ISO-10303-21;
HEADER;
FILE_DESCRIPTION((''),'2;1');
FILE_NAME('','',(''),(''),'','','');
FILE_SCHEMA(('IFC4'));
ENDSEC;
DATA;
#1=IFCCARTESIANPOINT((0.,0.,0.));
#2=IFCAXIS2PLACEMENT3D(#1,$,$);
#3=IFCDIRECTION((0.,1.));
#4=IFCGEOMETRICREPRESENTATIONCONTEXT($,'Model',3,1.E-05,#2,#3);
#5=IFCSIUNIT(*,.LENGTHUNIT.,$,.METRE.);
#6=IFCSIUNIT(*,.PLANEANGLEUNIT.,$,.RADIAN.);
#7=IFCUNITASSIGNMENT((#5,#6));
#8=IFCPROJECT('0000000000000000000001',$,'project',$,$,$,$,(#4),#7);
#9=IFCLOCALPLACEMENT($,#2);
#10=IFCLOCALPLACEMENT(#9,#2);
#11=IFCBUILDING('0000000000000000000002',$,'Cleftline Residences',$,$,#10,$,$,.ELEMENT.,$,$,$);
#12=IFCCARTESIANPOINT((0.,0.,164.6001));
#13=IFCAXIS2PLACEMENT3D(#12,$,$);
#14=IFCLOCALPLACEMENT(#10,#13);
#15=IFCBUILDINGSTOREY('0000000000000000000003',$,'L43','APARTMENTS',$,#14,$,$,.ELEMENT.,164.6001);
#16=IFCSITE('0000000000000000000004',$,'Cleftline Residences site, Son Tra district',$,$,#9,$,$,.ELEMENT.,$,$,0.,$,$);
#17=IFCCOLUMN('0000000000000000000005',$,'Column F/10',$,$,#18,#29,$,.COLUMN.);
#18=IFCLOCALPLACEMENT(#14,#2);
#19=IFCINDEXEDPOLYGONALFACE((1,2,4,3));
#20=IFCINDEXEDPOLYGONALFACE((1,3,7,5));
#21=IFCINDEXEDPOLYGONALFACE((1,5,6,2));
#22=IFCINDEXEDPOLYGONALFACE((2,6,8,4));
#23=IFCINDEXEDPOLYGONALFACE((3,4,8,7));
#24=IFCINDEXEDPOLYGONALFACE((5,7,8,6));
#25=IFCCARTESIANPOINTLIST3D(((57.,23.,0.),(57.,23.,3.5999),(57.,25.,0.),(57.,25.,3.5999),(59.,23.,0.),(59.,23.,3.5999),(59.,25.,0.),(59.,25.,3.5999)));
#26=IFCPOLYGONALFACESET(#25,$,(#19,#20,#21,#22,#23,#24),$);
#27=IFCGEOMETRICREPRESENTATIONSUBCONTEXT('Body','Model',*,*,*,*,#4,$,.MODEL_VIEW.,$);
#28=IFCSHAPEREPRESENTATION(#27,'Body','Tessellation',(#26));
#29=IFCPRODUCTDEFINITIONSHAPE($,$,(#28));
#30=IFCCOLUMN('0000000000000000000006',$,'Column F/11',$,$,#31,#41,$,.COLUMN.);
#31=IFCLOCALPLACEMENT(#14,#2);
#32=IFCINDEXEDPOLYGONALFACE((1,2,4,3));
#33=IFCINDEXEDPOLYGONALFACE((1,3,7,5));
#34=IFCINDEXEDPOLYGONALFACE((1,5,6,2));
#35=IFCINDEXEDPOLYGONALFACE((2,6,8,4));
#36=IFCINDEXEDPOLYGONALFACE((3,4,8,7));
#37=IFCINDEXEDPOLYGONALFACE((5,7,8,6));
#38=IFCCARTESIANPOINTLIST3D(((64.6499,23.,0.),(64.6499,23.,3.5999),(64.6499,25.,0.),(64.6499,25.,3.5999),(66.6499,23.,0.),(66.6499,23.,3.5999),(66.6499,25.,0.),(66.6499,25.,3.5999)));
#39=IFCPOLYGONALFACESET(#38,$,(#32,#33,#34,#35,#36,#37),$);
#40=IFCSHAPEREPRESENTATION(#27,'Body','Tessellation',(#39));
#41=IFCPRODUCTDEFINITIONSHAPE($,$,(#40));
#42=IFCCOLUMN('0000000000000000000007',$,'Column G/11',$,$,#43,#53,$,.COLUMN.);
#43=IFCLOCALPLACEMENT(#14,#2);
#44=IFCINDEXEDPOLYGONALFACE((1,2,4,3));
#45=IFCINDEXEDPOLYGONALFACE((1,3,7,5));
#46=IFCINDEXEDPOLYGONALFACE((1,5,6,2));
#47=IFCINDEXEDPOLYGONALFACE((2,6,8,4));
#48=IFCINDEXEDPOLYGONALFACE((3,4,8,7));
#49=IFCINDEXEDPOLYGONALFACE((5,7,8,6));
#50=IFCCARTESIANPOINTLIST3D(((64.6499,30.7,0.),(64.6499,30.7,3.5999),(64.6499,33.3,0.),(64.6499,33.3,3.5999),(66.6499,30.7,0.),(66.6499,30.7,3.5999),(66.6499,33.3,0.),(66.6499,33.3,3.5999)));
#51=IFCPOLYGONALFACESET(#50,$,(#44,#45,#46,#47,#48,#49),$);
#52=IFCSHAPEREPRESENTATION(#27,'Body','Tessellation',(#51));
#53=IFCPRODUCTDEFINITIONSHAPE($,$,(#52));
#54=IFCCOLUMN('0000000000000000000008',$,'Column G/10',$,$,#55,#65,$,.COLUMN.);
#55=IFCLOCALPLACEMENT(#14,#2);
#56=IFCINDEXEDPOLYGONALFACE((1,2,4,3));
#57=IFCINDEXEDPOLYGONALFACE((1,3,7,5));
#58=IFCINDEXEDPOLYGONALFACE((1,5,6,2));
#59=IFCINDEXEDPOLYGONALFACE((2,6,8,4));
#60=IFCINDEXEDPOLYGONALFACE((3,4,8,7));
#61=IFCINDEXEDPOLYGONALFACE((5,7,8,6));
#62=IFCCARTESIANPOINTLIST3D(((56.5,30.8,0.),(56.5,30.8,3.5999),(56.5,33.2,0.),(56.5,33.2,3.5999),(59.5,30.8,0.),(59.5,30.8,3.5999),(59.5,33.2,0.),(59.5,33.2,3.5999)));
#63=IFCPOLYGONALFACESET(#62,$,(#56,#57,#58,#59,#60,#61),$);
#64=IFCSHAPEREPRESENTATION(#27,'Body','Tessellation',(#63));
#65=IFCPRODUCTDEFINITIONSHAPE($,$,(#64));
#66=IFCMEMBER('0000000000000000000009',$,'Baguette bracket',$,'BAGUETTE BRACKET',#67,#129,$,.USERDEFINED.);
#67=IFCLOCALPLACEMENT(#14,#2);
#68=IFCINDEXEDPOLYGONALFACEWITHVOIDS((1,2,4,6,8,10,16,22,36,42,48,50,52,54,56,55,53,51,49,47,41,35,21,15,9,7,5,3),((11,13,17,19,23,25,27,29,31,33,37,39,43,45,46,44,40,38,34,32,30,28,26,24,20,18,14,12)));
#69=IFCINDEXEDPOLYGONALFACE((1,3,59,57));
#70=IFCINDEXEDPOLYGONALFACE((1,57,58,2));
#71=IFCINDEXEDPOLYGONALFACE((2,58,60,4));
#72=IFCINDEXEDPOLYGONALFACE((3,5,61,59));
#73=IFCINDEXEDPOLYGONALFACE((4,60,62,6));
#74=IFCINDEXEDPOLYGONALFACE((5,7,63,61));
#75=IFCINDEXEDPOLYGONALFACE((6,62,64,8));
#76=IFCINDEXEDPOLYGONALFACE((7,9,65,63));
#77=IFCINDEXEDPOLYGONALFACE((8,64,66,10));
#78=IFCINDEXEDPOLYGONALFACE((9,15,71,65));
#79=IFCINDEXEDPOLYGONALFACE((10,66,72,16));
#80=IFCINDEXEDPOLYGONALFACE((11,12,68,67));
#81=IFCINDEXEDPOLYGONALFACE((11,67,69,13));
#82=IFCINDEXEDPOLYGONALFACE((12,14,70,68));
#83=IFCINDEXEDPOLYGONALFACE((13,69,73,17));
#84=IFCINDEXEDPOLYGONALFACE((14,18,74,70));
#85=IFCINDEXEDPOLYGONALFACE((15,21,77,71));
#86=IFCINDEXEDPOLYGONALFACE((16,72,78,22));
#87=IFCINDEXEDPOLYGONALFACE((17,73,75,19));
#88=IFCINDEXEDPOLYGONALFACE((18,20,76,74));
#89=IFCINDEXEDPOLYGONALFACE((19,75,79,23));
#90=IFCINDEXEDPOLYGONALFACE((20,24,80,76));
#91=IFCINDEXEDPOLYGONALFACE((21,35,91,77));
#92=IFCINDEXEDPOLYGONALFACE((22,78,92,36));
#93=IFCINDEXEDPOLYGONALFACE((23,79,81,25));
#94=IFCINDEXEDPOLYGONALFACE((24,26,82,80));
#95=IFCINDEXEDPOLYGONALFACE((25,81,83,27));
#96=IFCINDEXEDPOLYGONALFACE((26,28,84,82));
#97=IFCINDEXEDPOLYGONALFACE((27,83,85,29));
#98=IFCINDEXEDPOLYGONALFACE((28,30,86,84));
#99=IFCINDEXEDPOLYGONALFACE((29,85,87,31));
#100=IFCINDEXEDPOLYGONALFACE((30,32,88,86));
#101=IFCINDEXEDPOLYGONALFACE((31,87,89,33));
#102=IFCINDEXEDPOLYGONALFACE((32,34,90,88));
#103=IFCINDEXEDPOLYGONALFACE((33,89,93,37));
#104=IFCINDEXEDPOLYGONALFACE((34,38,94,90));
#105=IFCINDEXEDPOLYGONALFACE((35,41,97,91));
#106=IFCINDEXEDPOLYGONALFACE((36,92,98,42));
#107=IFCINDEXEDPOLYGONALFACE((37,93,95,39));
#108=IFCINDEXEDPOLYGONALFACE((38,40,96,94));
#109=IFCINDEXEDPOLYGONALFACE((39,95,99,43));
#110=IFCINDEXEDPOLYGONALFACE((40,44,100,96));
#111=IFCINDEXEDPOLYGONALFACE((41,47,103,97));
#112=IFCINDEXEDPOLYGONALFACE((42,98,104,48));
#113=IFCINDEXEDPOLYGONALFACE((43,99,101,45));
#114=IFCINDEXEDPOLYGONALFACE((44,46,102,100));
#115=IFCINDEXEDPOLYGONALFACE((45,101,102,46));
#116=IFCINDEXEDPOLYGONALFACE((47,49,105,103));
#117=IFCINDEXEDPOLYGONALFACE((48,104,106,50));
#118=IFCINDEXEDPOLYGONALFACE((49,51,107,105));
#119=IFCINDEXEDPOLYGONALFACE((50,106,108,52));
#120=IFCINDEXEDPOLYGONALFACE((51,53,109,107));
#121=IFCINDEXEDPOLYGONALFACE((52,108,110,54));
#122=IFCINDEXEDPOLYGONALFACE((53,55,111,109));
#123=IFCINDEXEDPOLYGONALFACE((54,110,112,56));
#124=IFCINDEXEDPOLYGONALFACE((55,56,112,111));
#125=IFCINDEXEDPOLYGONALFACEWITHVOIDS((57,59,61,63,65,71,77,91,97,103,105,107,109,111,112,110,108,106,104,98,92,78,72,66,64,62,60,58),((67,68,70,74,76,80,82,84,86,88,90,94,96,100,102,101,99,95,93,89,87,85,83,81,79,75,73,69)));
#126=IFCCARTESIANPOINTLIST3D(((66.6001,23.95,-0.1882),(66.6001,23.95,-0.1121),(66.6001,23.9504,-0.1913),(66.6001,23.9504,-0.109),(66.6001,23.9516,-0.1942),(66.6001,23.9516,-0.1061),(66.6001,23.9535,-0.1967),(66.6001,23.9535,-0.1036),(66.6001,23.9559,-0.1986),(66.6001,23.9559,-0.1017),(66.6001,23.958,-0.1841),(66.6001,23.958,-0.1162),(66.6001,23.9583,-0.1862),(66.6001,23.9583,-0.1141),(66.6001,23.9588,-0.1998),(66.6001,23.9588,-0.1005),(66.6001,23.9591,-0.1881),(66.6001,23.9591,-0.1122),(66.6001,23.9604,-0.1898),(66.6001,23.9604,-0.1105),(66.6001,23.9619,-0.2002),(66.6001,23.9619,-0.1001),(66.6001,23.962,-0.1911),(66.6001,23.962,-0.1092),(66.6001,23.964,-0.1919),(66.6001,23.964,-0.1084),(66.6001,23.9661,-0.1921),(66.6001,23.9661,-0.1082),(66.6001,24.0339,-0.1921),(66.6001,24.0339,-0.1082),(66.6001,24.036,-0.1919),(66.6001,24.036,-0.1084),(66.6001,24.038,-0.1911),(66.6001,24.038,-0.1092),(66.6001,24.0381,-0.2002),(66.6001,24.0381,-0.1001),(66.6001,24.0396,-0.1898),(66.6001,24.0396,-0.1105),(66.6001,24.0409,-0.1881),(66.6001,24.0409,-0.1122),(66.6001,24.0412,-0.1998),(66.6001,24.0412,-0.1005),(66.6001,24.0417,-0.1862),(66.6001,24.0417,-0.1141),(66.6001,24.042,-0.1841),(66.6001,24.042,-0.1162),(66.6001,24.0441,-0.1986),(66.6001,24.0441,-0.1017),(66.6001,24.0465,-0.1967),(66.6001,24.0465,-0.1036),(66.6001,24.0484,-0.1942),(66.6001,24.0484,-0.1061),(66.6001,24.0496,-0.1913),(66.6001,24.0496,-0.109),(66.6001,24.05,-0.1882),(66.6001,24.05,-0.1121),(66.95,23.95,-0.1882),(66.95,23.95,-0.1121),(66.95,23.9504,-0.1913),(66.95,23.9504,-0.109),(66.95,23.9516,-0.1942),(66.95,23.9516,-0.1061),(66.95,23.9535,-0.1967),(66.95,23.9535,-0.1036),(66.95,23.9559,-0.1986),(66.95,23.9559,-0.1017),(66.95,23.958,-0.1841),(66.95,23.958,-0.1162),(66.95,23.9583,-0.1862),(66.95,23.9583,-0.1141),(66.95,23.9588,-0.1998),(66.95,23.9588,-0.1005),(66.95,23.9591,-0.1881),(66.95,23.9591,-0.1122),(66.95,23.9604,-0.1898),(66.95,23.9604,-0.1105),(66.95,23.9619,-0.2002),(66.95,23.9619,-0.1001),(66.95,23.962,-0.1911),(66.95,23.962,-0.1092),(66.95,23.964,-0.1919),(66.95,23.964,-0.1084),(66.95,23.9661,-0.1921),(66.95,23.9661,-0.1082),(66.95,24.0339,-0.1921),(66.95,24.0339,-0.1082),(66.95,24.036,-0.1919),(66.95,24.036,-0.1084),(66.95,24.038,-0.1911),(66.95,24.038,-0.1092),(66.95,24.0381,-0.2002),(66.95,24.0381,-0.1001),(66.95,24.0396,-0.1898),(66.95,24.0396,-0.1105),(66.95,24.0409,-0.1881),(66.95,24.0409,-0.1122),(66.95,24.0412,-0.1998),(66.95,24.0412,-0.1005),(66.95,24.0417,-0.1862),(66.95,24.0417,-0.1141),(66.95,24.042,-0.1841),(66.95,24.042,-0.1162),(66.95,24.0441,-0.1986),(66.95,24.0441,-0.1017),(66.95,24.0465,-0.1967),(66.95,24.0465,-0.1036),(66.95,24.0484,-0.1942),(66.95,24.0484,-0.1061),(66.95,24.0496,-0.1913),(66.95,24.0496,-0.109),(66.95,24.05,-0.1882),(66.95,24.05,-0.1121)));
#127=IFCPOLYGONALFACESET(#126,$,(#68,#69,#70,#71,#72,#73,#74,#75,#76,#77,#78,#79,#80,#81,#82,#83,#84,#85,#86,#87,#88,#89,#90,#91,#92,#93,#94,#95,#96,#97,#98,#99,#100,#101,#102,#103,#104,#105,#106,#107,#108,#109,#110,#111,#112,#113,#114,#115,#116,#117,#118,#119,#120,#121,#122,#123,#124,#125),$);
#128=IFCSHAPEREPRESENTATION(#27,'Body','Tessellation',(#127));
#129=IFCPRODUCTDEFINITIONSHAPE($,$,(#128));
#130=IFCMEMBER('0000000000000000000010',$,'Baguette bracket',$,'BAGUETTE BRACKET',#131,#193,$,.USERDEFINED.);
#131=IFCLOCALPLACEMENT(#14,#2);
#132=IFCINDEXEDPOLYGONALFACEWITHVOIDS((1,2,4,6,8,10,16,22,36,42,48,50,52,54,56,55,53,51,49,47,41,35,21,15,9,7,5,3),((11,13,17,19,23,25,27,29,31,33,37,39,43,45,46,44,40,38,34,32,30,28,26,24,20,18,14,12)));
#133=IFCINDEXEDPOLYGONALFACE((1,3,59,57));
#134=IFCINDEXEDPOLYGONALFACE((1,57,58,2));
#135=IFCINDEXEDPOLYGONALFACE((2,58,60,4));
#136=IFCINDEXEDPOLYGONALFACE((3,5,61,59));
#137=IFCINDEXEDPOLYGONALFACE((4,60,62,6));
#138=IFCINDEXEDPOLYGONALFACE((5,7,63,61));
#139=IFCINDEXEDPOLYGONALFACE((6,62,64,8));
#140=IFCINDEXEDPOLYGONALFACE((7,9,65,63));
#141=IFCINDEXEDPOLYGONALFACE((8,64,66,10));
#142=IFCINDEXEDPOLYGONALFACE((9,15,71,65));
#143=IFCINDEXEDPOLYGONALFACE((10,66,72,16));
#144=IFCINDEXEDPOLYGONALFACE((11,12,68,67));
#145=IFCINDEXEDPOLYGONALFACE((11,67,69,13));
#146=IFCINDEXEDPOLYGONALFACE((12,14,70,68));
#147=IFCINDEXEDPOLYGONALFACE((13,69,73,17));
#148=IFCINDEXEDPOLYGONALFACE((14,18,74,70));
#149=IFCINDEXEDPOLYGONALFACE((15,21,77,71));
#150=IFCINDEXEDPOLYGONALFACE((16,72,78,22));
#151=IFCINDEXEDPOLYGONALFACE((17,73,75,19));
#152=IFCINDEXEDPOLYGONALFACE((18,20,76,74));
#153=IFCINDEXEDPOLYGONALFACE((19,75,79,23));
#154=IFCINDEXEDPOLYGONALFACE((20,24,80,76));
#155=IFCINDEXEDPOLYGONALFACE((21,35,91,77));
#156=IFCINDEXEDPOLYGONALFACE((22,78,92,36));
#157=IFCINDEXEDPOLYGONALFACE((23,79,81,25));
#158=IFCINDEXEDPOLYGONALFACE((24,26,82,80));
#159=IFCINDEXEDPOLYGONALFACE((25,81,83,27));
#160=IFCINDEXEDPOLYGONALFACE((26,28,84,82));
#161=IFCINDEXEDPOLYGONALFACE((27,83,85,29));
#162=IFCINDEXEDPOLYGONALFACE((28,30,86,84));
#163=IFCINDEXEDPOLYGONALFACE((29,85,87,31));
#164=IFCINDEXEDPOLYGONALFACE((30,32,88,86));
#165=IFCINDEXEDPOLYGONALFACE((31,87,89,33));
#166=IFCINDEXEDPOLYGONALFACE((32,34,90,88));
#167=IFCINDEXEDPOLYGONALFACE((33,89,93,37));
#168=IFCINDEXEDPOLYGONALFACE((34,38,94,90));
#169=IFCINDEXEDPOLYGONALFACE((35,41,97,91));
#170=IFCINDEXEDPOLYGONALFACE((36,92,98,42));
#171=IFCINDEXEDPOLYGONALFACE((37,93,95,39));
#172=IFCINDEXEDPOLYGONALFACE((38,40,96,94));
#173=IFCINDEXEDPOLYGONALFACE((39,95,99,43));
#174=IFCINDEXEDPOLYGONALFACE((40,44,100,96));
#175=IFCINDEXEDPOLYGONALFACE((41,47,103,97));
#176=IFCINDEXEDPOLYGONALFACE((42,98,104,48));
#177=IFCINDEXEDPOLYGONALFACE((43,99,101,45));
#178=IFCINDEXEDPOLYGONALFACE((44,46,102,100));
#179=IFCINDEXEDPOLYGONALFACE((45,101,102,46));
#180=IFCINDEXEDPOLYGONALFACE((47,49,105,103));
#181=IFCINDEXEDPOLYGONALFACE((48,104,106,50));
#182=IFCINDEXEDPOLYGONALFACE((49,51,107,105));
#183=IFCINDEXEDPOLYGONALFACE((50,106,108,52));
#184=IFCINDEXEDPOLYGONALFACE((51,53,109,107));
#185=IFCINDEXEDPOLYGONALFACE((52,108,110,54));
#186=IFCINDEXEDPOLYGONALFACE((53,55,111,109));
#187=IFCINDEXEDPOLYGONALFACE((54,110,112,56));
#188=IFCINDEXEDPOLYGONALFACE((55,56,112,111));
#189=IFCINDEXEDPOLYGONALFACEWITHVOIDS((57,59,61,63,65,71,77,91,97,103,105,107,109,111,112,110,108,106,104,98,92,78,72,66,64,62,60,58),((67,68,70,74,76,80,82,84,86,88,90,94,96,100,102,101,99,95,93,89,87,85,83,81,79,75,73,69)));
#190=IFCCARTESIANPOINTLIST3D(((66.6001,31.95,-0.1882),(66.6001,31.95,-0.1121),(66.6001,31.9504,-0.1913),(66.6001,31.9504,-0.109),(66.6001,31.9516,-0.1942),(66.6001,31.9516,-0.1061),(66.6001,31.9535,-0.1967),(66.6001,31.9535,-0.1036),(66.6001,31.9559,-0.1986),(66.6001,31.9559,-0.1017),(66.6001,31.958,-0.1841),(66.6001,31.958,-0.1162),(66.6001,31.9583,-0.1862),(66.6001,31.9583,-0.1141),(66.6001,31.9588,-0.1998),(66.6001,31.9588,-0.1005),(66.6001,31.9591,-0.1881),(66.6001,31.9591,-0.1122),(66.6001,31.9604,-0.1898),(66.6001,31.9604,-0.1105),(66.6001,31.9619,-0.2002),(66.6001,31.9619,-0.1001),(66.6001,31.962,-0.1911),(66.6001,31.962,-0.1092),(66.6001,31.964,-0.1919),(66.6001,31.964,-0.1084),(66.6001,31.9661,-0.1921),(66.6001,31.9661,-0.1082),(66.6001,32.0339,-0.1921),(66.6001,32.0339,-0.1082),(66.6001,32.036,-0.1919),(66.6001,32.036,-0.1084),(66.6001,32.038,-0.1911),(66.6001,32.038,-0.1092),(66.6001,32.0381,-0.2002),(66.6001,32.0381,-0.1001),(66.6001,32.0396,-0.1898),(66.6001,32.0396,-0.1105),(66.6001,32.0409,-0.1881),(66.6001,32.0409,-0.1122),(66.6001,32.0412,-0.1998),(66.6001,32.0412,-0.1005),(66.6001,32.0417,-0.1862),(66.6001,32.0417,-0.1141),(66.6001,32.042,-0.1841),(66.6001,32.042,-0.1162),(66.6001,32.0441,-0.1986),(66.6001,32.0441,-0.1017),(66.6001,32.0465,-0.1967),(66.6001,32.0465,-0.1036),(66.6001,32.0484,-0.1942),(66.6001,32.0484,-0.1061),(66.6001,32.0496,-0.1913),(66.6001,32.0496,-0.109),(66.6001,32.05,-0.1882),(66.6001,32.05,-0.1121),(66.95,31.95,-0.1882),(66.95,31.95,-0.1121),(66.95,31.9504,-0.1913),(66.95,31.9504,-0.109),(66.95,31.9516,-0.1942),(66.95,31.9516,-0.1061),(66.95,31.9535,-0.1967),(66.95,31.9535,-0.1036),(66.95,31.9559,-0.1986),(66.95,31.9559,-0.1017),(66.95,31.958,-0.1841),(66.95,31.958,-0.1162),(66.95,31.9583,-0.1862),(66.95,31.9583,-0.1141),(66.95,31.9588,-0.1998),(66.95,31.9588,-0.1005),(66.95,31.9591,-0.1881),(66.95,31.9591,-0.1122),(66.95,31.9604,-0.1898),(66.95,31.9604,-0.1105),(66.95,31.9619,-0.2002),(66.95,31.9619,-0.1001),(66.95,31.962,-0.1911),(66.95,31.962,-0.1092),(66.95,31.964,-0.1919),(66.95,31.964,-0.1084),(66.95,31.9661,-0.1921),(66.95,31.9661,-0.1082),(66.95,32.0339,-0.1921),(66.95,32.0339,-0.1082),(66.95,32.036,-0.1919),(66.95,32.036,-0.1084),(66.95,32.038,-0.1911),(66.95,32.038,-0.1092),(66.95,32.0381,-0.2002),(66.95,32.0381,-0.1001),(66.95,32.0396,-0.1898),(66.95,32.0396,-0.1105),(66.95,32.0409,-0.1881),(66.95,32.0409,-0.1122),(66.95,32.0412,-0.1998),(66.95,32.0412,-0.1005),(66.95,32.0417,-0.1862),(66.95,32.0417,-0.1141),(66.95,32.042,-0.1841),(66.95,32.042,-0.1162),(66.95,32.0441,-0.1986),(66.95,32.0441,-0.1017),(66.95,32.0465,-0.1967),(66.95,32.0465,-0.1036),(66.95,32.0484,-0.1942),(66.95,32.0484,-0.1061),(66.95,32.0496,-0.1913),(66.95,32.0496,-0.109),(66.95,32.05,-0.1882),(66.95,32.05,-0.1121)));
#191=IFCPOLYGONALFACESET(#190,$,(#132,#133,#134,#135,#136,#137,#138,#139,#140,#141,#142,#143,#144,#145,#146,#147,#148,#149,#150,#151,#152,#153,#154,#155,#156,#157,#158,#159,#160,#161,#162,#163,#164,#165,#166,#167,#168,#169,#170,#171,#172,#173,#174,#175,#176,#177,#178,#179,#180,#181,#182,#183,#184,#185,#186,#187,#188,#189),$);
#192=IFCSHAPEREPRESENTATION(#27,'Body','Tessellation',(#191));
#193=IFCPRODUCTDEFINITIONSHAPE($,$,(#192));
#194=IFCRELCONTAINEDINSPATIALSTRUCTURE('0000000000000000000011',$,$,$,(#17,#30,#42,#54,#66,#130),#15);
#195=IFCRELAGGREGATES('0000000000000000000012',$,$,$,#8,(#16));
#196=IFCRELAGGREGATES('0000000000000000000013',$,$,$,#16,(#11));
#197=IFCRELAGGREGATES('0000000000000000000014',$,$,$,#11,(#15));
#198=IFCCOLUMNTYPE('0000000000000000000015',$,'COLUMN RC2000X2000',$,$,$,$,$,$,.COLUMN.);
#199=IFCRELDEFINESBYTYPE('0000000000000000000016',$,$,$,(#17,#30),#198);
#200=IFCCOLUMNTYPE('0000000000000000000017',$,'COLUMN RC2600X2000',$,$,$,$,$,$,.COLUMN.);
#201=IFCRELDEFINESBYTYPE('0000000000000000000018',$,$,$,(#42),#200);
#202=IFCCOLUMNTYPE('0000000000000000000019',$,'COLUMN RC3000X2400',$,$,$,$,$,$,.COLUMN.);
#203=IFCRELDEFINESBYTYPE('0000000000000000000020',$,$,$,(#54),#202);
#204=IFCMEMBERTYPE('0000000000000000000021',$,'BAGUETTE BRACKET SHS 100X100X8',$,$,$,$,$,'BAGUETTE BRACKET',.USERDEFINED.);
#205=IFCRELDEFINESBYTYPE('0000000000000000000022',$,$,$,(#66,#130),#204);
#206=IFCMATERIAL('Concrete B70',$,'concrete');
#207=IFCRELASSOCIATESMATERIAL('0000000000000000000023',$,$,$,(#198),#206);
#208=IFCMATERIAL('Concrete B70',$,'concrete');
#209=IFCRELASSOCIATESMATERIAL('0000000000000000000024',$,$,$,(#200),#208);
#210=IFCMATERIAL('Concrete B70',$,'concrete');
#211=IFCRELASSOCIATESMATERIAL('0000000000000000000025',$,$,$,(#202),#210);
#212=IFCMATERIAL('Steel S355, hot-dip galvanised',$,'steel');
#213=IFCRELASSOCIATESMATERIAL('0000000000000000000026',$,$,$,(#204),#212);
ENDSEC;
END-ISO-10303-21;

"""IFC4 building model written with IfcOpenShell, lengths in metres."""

from ifc_helpers import new_model, si_unit, direction, frame, origin, origin_2d, place, context, subcontext, project, spatial, rectangle, hollow_rectangle, extrude, material, material_profile, profile_set, type_object, element, save


model = new_model("IFC4")

# Units and contexts
model_context = context("Model", 3, precision=1e-05, world=origin(), true_north=direction((0.0, 1.0)))
body_context = subcontext(model_context, "Body", "Model", "MODEL_VIEW")
ifc_project = project(units=[si_unit("LENGTHUNIT", "METRE"), si_unit("PLANEANGLEUNIT", "RADIAN")], contexts=[model_context])

# Site, building, storey
site_placement = place(None, origin())
site = spatial("IfcSite", under=ifc_project, at=site_placement, Name="Cleftline Residences site, Son Tra district", CompositionType="ELEMENT", RefElevation=0.0)
building_placement = place(site_placement, origin())
building = spatial("IfcBuilding", under=site, at=building_placement, Name="Cleftline Residences", CompositionType="ELEMENT")
storey_placement = place(building_placement, frame((0.0, 0.0, 164.6001)))
storey = spatial("IfcBuildingStorey", under=building, at=storey_placement, Name="L43", Description="APARTMENTS", CompositionType="ELEMENT", Elevation=164.6001)

# Columns
ifc_material_1 = material(Name="Concrete B70", Category="concrete")
ifc_material_profile_1 = material_profile(ifc_material_1, rectangle(XDim=2.0, YDim=2.0, at=origin_2d()))
ifc_profile_set_1 = profile_set([ifc_material_profile_1], Name="Concrete B70")
column_type_1 = type_object("IfcColumnType", Name="COLUMN RC2000X2000", PredefinedType="COLUMN", material=ifc_profile_set_1)
for number, where, z_axis, x_axis, name in (
    (1, (58.0, 24.0, 0.0), (0.0, 0.0, 1.0), (1.0, 0.0, 0.0), "Column F/10"),
    (2, (65.6499, 24.0, 0.0), (0.0, 0.0, 1.0), (1.0, 0.0, 0.0), "Column F/11"),
):
    element("IfcColumn", number, at=place(storey_placement, frame(where, z_axis=z_axis, x_axis=x_axis)), inside=storey, type_object=column_type_1, Name=name, PredefinedType="COLUMN", context=body_context, shape_type="SweptSolid", body=[
        extrude(rectangle(XDim=2.0, YDim=2.0, at=origin_2d()), origin(), (0.0, 0.0, 1.0), 3.5999),
    ])
ifc_material_2 = material(Name="Concrete B70", Category="concrete")
ifc_material_profile_2 = material_profile(ifc_material_2, rectangle(XDim=2.6001, YDim=2.0, at=origin_2d()))
ifc_profile_set_2 = profile_set([ifc_material_profile_2], Name="Concrete B70")
column_type_2 = type_object("IfcColumnType", Name="COLUMN RC2600X2000", PredefinedType="COLUMN", material=ifc_profile_set_2)
column_1_placement = place(storey_placement, frame((65.6499, 32.0, 0.0), z_axis=(0.0, 0.0, 1.0), x_axis=(0.0, 1.0, 0.0)))
element("IfcColumn", 3, at=column_1_placement, inside=storey, type_object=column_type_2, Name="Column G/11", PredefinedType="COLUMN", context=body_context, shape_type="SweptSolid", body=[
    extrude(rectangle(XDim=2.6001, YDim=2.0, at=origin_2d()), origin(), (0.0, 0.0, 1.0), 3.5999),
])
ifc_material_3 = material(Name="Concrete B70", Category="concrete")
ifc_material_profile_3 = material_profile(ifc_material_3, rectangle(XDim=3.0, YDim=2.3999, at=origin_2d()))
ifc_profile_set_3 = profile_set([ifc_material_profile_3], Name="Concrete B70")
column_type_3 = type_object("IfcColumnType", Name="COLUMN RC3000X2400", PredefinedType="COLUMN", material=ifc_profile_set_3)
column_2_placement = place(storey_placement, frame((58.0, 32.0, 0.0), z_axis=(0.0, 0.0, 1.0), x_axis=(1.0, 0.0, 0.0)))
element("IfcColumn", 4, at=column_2_placement, inside=storey, type_object=column_type_3, Name="Column G/10", PredefinedType="COLUMN", context=body_context, shape_type="SweptSolid", body=[
    extrude(rectangle(XDim=3.0, YDim=2.3999, at=origin_2d()), origin(), (0.0, 0.0, 1.0), 3.5999),
])

# Members
ifc_material_4 = material(Name="Steel S355, hot-dip galvanised", Category="steel")
ifc_material_profile_4 = material_profile(ifc_material_4, hollow_rectangle(XDim=0.1001, YDim=0.1001, WallThickness=0.0081, InnerFilletRadius=0.0081, OuterFilletRadius=0.012, at=origin_2d()))
ifc_profile_set_4 = profile_set([ifc_material_profile_4], Name="Steel S355, hot-dip galvanised")
member_type_1 = type_object("IfcMemberType", Name="BAGUETTE BRACKET SHS 100X100X8", ElementType="BAGUETTE BRACKET", PredefinedType="USERDEFINED", material=ifc_profile_set_4)
for number, where, z_axis, x_axis, name in (
    (5, (66.6001, 24.0, -0.1501), (1.0, 0.0, 0.0), (0.0, 1.0, 0.0), "Baguette bracket"),
    (6, (66.6001, 32.0, -0.1501), (1.0, 0.0, 0.0), (0.0, 1.0, 0.0), "Baguette bracket"),
):
    element("IfcMember", number, at=place(storey_placement, frame(where, z_axis=z_axis, x_axis=x_axis)), inside=storey, type_object=member_type_1, Name=name, ObjectType="BAGUETTE BRACKET", PredefinedType="USERDEFINED", context=body_context, shape_type="SweptSolid", body=[
        extrude(hollow_rectangle(XDim=0.1001, YDim=0.1001, WallThickness=0.0081, InnerFilletRadius=0.0081, OuterFilletRadius=0.012, at=origin_2d()), origin(), (0.0, 0.0, 1.0), 0.3499),
    ])

save(model, "model.ifc")
